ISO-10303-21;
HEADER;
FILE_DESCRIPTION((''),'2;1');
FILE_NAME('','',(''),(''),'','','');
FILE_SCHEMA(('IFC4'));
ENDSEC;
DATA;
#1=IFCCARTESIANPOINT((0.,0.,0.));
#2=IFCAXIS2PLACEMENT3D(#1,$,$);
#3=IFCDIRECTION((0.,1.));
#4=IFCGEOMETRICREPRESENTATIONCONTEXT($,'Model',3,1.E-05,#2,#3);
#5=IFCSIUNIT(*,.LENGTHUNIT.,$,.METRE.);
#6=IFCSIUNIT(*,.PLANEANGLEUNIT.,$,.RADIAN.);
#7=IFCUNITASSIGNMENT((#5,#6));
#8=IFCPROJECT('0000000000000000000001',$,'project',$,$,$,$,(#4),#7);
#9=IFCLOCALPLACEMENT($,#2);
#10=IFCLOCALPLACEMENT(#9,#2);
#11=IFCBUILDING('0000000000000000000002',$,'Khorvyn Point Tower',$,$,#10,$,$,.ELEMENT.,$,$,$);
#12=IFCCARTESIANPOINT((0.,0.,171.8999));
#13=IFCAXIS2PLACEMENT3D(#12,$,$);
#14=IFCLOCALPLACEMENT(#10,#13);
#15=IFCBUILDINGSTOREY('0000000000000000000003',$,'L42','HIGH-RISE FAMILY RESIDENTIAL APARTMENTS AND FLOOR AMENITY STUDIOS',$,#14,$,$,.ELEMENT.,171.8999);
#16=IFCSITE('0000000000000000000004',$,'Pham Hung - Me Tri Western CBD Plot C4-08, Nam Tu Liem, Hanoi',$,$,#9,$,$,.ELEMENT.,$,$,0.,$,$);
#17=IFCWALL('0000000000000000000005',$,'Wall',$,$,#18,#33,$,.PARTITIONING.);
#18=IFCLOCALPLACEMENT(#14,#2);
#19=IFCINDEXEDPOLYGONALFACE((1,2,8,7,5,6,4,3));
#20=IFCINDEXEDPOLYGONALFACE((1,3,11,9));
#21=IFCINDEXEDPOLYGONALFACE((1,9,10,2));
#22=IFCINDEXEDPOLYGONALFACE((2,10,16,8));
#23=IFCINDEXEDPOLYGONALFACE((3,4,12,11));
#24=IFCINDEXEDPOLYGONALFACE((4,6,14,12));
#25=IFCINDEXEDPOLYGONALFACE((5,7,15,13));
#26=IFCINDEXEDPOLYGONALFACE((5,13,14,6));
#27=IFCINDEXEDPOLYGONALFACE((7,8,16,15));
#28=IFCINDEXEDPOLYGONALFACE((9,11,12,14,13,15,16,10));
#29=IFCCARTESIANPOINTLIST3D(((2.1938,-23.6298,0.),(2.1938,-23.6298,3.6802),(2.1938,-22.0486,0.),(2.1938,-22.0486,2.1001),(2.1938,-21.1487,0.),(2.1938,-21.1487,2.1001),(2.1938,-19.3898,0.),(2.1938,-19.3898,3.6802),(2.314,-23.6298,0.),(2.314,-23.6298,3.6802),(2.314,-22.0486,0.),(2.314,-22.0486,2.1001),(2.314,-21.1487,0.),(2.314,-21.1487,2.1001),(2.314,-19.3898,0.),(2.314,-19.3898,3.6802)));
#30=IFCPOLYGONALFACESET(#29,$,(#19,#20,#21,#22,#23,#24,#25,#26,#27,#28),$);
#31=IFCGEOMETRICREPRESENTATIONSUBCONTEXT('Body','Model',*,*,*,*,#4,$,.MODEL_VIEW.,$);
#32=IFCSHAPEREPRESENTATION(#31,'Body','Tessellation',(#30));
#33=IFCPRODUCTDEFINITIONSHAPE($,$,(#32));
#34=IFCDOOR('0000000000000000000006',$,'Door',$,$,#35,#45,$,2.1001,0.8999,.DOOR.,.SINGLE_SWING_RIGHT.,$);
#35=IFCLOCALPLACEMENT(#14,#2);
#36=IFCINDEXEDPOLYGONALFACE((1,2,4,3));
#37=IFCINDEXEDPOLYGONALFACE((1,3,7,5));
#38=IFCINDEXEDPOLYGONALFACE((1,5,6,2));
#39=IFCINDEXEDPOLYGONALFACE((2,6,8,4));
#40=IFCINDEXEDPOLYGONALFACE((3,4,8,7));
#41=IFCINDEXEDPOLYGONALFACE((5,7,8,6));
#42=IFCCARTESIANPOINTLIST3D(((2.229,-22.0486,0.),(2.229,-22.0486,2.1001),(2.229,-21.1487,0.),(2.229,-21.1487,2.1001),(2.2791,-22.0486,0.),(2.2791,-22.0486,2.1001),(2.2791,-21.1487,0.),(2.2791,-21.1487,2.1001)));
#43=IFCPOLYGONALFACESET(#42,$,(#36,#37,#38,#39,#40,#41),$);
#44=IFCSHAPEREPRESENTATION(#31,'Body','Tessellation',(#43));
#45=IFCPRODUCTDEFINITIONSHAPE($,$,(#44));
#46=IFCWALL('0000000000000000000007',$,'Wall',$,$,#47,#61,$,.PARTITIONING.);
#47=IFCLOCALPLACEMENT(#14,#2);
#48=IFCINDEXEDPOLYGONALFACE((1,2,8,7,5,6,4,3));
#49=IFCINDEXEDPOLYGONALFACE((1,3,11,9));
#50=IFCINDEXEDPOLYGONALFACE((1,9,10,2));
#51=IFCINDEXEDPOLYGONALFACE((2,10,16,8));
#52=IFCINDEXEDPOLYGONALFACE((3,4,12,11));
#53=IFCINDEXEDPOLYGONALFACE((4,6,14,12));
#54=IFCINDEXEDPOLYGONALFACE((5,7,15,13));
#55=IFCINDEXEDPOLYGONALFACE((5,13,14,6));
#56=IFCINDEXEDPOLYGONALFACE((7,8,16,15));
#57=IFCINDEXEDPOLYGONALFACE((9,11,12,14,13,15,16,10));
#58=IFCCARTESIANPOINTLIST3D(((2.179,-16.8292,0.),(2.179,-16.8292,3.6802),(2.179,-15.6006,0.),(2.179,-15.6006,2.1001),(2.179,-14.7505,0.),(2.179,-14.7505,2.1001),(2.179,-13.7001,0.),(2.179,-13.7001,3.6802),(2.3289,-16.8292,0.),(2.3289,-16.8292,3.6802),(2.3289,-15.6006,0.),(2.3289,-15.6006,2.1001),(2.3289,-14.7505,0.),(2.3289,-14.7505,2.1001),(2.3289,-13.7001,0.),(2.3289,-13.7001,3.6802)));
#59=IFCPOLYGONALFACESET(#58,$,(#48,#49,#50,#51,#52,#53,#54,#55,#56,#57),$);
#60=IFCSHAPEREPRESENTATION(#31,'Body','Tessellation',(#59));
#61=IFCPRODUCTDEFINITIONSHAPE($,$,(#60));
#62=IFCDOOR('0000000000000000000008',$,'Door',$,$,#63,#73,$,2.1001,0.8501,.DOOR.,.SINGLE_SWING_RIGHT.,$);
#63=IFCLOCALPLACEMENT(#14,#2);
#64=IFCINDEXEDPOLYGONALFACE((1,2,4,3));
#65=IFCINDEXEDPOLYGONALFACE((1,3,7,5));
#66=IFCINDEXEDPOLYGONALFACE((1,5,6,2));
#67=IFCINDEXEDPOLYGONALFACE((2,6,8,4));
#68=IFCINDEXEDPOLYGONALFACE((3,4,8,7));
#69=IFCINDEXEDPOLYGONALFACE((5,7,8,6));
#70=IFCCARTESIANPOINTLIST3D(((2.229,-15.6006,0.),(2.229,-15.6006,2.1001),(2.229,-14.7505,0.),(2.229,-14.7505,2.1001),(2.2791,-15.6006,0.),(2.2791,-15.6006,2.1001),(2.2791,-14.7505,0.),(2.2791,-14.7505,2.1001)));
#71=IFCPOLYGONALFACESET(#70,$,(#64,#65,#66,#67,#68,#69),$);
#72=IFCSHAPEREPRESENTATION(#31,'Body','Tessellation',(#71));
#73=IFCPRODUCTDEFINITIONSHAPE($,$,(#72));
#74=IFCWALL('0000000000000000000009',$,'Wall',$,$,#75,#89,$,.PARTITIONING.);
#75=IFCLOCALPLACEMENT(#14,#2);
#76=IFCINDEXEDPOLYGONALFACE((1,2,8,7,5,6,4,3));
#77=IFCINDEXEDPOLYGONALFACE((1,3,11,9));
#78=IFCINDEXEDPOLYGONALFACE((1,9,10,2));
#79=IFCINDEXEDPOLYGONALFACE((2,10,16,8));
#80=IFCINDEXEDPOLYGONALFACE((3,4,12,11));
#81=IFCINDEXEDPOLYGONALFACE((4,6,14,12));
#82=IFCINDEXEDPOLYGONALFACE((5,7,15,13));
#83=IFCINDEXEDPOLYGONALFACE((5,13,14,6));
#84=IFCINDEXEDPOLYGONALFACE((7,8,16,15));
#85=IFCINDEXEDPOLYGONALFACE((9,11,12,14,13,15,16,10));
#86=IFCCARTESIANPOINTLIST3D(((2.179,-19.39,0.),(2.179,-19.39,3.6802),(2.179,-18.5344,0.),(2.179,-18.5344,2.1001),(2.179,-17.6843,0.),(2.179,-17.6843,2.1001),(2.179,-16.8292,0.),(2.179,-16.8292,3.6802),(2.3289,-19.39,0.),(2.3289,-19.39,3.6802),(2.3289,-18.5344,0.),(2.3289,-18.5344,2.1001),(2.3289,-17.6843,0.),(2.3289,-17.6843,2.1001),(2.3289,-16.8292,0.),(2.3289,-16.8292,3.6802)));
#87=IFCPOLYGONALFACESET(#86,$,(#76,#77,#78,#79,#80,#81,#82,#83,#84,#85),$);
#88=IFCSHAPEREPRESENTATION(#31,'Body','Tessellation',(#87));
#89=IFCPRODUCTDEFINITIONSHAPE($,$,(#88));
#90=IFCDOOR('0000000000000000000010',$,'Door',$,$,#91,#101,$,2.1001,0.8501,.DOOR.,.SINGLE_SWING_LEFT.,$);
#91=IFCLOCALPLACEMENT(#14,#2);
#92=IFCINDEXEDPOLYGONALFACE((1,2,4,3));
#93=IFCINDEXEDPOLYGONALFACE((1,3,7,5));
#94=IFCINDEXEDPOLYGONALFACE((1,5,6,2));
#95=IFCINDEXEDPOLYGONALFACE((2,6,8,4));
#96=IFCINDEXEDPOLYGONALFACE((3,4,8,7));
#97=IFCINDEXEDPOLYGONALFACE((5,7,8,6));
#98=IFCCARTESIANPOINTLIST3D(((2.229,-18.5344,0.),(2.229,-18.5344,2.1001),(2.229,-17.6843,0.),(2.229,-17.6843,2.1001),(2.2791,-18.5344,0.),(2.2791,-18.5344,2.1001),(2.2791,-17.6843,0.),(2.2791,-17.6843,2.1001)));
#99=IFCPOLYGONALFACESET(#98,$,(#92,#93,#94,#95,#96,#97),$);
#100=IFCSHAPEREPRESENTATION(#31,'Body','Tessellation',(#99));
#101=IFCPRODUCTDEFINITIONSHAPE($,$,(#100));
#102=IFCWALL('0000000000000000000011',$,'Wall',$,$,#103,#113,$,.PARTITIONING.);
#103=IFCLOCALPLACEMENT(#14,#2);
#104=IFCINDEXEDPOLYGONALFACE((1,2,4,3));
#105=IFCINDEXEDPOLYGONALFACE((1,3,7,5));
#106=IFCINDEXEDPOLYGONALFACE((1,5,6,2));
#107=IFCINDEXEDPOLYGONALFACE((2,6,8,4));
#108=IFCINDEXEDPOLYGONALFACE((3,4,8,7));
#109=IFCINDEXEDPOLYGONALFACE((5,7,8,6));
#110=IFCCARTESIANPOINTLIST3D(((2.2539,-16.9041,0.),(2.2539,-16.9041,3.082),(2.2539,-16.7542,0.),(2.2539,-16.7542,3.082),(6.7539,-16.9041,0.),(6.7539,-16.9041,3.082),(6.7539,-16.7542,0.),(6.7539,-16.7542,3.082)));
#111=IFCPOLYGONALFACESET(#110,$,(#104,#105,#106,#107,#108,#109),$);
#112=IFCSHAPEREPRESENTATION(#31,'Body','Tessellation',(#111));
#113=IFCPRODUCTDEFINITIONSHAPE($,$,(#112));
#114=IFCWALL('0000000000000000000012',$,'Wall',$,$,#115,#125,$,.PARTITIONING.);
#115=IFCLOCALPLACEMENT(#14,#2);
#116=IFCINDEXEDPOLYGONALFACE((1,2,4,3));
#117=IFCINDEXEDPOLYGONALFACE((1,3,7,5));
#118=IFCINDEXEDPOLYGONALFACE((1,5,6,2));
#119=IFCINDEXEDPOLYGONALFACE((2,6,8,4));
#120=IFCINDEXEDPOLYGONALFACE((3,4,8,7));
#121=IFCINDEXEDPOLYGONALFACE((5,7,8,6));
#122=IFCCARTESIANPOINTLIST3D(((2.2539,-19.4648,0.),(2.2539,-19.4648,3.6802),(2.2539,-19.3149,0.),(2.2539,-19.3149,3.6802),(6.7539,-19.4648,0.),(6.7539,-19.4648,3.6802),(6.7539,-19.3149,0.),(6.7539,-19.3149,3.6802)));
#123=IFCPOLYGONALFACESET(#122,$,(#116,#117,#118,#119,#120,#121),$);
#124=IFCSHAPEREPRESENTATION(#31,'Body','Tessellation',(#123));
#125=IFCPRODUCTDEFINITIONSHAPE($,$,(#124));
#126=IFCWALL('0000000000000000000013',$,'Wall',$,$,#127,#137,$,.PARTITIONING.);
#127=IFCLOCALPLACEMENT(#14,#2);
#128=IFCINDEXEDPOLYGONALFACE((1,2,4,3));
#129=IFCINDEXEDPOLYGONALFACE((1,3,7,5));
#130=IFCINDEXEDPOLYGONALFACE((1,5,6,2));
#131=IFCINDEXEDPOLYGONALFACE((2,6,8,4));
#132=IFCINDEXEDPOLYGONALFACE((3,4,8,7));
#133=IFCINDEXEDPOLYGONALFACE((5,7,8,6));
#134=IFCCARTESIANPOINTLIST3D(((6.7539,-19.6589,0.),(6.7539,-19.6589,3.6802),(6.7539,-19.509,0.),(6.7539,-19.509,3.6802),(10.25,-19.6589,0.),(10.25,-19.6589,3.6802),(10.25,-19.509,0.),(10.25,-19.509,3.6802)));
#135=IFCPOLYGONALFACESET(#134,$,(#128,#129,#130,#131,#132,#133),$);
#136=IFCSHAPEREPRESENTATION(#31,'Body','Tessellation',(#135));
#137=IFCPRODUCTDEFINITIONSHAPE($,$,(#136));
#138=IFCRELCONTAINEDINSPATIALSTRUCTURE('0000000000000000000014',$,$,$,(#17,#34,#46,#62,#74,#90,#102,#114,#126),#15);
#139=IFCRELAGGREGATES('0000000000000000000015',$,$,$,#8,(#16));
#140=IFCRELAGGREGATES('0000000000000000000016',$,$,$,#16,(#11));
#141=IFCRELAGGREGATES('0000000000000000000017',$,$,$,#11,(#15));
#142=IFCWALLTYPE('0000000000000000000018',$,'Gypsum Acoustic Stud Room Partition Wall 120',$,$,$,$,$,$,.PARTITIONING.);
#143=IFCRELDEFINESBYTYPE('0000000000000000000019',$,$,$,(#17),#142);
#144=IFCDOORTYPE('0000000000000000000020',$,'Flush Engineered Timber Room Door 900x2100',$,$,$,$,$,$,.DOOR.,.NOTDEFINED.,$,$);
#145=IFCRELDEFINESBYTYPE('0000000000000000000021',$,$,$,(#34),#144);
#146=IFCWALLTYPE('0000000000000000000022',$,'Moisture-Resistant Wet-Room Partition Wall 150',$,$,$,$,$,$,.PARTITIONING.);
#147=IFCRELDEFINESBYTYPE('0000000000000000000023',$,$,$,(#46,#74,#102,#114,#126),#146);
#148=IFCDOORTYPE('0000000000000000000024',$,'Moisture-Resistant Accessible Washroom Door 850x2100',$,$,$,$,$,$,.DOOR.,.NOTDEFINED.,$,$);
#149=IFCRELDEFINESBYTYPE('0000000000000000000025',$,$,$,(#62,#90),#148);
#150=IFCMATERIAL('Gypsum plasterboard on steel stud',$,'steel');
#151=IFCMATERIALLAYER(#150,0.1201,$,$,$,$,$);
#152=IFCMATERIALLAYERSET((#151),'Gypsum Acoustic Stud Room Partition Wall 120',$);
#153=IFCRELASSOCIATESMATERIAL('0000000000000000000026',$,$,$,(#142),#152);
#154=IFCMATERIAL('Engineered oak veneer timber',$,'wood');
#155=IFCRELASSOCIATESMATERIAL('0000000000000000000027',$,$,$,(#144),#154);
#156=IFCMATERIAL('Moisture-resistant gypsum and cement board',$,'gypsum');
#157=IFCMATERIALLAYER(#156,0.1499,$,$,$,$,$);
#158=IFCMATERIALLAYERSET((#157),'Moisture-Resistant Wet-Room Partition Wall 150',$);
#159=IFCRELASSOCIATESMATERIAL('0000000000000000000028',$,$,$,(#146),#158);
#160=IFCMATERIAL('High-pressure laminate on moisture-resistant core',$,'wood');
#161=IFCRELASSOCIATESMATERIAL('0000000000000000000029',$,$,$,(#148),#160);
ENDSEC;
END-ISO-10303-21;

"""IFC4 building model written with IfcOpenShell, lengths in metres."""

from ifc_helpers import new_model, si_unit, direction, frame, frame_2d, origin, place, context, subcontext, project, spatial, rectangle, extrude, material, layer, layer_set, type_object, element, fill, save


model = new_model("IFC4")

# Units and contexts
model_context = context("Model", 3, precision=1e-05, world=origin(), true_north=direction((0.0, 1.0)))
body_context = subcontext(model_context, "Body", "Model", "MODEL_VIEW")
ifc_project = project(units=[si_unit("LENGTHUNIT", "METRE"), si_unit("PLANEANGLEUNIT", "RADIAN")], contexts=[model_context])

# Site, building, storey
site_placement = place(None, origin())
site = spatial("IfcSite", under=ifc_project, at=site_placement, Name="Pham Hung - Me Tri Western CBD Plot C4-08, Nam Tu Liem, Hanoi", CompositionType="ELEMENT", RefElevation=0.0)
building_placement = place(site_placement, origin())
building = spatial("IfcBuilding", under=site, at=building_placement, Name="Khorvyn Point Tower", CompositionType="ELEMENT")
storey_placement = place(building_placement, frame((0.0, 0.0, 171.8999)))
storey = spatial("IfcBuildingStorey", under=building, at=storey_placement, Name="L42", Description="HIGH-RISE FAMILY RESIDENTIAL APARTMENTS AND FLOOR AMENITY STUDIOS", CompositionType="ELEMENT", Elevation=171.8999)

# Walls, openings, doors
ifc_material_1 = material(Name="Gypsum plasterboard on steel stud", Category="steel")
ifc_layer_1 = layer(ifc_material_1, 0.1201)
ifc_layer_set_1 = layer_set([ifc_layer_1], Name="Gypsum Acoustic Stud Room Partition Wall 120")
wall_type_1 = type_object("IfcWallType", Name="Gypsum Acoustic Stud Room Partition Wall 120", PredefinedType="PARTITIONING", material=ifc_layer_set_1)
wall_1_placement = place(storey_placement, frame((2.2539, -23.6299, 0.0), z_axis=(0.0, 0.0, 1.0), x_axis=(0.0, 1.0, 0.0)))
wall_1 = element("IfcWall", 1, at=wall_1_placement, inside=storey, type_object=wall_type_1, Name="Wall", PredefinedType="PARTITIONING", context=body_context, shape_type="SweptSolid", body=[
    extrude(rectangle(XDim=4.24, YDim=0.1201, at=frame_2d((2.1201, 0.0))), origin(), (0.0, 0.0, 1.0), 3.6802),
])
opening_1_placement = place(wall_1_placement, frame((1.5813, 0.0, 0.0)))
opening_1 = element("IfcOpeningElement", 2, at=opening_1_placement, cuts=wall_1, PredefinedType="OPENING", context=body_context, shape_type="SweptSolid", body=[
    extrude(rectangle(XDim=0.8999, YDim=2.1001, at=frame_2d((0.45, 1.05))), frame((0.0, 0.0701, 0.0), z_axis=(0.0, -1.0, 0.0), x_axis=(1.0, 0.0, 0.0)), (0.0, 0.0, 1.0), 0.1401),
])
ifc_material_2 = material(Name="Engineered oak veneer timber", Category="wood")
door_type_1 = type_object("IfcDoorType", Name="Flush Engineered Timber Room Door 900x2100", OperationType="NOTDEFINED", PredefinedType="DOOR", material=ifc_material_2)
door_1_placement = place(opening_1_placement, origin())
door_1 = element("IfcDoor", 3, at=door_1_placement, inside=storey, type_object=door_type_1, Name="Door", OperationType="SINGLE_SWING_RIGHT", OverallHeight=2.1001, OverallWidth=0.8999, PredefinedType="DOOR", context=body_context, shape_type="SweptSolid", body=[
    extrude(rectangle(XDim=0.8999, YDim=2.1001, at=frame_2d((0.45, 1.05))), frame((0.0, 0.0249, 0.0), z_axis=(0.0, -1.0, 0.0), x_axis=(1.0, 0.0, 0.0)), (0.0, 0.0, 1.0), 0.05),
])
fill(opening_1, door_1)
ifc_material_3 = material(Name="Moisture-resistant gypsum and cement board", Category="gypsum")
ifc_layer_2 = layer(ifc_material_3, 0.1499)
ifc_layer_set_2 = layer_set([ifc_layer_2], Name="Moisture-Resistant Wet-Room Partition Wall 150")
wall_type_2 = type_object("IfcWallType", Name="Moisture-Resistant Wet-Room Partition Wall 150", PredefinedType="PARTITIONING", material=ifc_layer_set_2)
wall_2_placement = place(storey_placement, frame((2.2539, -16.8291, 0.0), z_axis=(0.0, 0.0, 1.0), x_axis=(0.0, 1.0, 0.0)))
wall_2 = element("IfcWall", 4, at=wall_2_placement, inside=storey, type_object=wall_type_2, Name="Wall", PredefinedType="PARTITIONING", context=body_context, shape_type="SweptSolid", body=[
    extrude(rectangle(XDim=3.1292, YDim=0.1499, at=frame_2d((1.5645, 0.0))), origin(), (0.0, 0.0, 1.0), 3.6802),
])
opening_2_placement = place(wall_2_placement, frame((1.2285, 0.0, 0.0)))
opening_2 = element("IfcOpeningElement", 5, at=opening_2_placement, cuts=wall_2, PredefinedType="OPENING", context=body_context, shape_type="SweptSolid", body=[
    extrude(rectangle(XDim=0.8501, YDim=2.1001, at=frame_2d((0.425, 1.05))), frame((0.0, 0.085, 0.0), z_axis=(0.0, -1.0, 0.0), x_axis=(1.0, 0.0, 0.0)), (0.0, 0.0, 1.0), 0.1699),
])
ifc_material_4 = material(Name="High-pressure laminate on moisture-resistant core", Category="wood")
door_type_2 = type_object("IfcDoorType", Name="Moisture-Resistant Accessible Washroom Door 850x2100", OperationType="NOTDEFINED", PredefinedType="DOOR", material=ifc_material_4)
door_2_placement = place(opening_2_placement, origin())
door_2 = element("IfcDoor", 6, at=door_2_placement, inside=storey, type_object=door_type_2, Name="Door", OperationType="SINGLE_SWING_RIGHT", OverallHeight=2.1001, OverallWidth=0.8501, PredefinedType="DOOR", context=body_context, shape_type="SweptSolid", body=[
    extrude(rectangle(XDim=0.8501, YDim=2.1001, at=frame_2d((0.425, 1.05))), frame((0.0, 0.0249, 0.0), z_axis=(0.0, -1.0, 0.0), x_axis=(1.0, 0.0, 0.0)), (0.0, 0.0, 1.0), 0.05),
])
fill(opening_2, door_2)
wall_3_placement = place(storey_placement, frame((2.2539, -19.3899, 0.0), z_axis=(0.0, 0.0, 1.0), x_axis=(0.0, 1.0, 0.0)))
wall_3 = element("IfcWall", 7, at=wall_3_placement, inside=storey, type_object=wall_type_2, Name="Wall", PredefinedType="PARTITIONING", context=body_context, shape_type="SweptSolid", body=[
    extrude(rectangle(XDim=2.5608, YDim=0.1499, at=frame_2d((1.2803, 0.0))), origin(), (0.0, 0.0, 1.0), 3.6802),
])
opening_3_placement = place(wall_3_placement, frame((0.8555, 0.0, 0.0)))
opening_3 = element("IfcOpeningElement", 8, at=opening_3_placement, cuts=wall_3, PredefinedType="OPENING", context=body_context, shape_type="SweptSolid", body=[
    extrude(rectangle(XDim=0.8501, YDim=2.1001, at=frame_2d((0.425, 1.05))), frame((0.0, 0.085, 0.0), z_axis=(0.0, -1.0, 0.0), x_axis=(1.0, 0.0, 0.0)), (0.0, 0.0, 1.0), 0.1699),
])
door_3_placement = place(opening_3_placement, origin())
door_3 = element("IfcDoor", 9, at=door_3_placement, inside=storey, type_object=door_type_2, Name="Door", OperationType="SINGLE_SWING_LEFT", OverallHeight=2.1001, OverallWidth=0.8501, PredefinedType="DOOR", context=body_context, shape_type="SweptSolid", body=[
    extrude(rectangle(XDim=0.8501, YDim=2.1001, at=frame_2d((0.425, 1.05))), frame((0.0, 0.0249, 0.0), z_axis=(0.0, -1.0, 0.0), x_axis=(1.0, 0.0, 0.0)), (0.0, 0.0, 1.0), 0.05),
])
fill(opening_3, door_3)

# Walls
wall_4_placement = place(storey_placement, frame((2.2539, -16.8291, 0.0), z_axis=(0.0, 0.0, 1.0), x_axis=(1.0, 0.0, 0.0)))
element("IfcWall", 10, at=wall_4_placement, inside=storey, type_object=wall_type_2, Name="Wall", PredefinedType="PARTITIONING", context=body_context, shape_type="SweptSolid", body=[
    extrude(rectangle(XDim=4.5, YDim=0.1499, at=frame_2d((2.25, 0.0))), origin(), (0.0, 0.0, 1.0), 3.082),
])
wall_5_placement = place(storey_placement, frame((2.2539, -19.3899, 0.0), z_axis=(0.0, 0.0, 1.0), x_axis=(1.0, 0.0, 0.0)))
element("IfcWall", 11, at=wall_5_placement, inside=storey, type_object=wall_type_2, Name="Wall", PredefinedType="PARTITIONING", context=body_context, shape_type="SweptSolid", body=[
    extrude(rectangle(XDim=4.5, YDim=0.1499, at=frame_2d((2.25, 0.0))), origin(), (0.0, 0.0, 1.0), 3.6802),
])
wall_6_placement = place(storey_placement, frame((6.7539, -19.584, 0.0), z_axis=(0.0, 0.0, 1.0), x_axis=(1.0, 0.0, 0.0)))
element("IfcWall", 12, at=wall_6_placement, inside=storey, type_object=wall_type_2, Name="Wall", PredefinedType="PARTITIONING", context=body_context, shape_type="SweptSolid", body=[
    extrude(rectangle(XDim=3.4961, YDim=0.1499, at=frame_2d((1.748, 0.0))), origin(), (0.0, 0.0, 1.0), 3.6802),
])

save(model, "model.ifc")
